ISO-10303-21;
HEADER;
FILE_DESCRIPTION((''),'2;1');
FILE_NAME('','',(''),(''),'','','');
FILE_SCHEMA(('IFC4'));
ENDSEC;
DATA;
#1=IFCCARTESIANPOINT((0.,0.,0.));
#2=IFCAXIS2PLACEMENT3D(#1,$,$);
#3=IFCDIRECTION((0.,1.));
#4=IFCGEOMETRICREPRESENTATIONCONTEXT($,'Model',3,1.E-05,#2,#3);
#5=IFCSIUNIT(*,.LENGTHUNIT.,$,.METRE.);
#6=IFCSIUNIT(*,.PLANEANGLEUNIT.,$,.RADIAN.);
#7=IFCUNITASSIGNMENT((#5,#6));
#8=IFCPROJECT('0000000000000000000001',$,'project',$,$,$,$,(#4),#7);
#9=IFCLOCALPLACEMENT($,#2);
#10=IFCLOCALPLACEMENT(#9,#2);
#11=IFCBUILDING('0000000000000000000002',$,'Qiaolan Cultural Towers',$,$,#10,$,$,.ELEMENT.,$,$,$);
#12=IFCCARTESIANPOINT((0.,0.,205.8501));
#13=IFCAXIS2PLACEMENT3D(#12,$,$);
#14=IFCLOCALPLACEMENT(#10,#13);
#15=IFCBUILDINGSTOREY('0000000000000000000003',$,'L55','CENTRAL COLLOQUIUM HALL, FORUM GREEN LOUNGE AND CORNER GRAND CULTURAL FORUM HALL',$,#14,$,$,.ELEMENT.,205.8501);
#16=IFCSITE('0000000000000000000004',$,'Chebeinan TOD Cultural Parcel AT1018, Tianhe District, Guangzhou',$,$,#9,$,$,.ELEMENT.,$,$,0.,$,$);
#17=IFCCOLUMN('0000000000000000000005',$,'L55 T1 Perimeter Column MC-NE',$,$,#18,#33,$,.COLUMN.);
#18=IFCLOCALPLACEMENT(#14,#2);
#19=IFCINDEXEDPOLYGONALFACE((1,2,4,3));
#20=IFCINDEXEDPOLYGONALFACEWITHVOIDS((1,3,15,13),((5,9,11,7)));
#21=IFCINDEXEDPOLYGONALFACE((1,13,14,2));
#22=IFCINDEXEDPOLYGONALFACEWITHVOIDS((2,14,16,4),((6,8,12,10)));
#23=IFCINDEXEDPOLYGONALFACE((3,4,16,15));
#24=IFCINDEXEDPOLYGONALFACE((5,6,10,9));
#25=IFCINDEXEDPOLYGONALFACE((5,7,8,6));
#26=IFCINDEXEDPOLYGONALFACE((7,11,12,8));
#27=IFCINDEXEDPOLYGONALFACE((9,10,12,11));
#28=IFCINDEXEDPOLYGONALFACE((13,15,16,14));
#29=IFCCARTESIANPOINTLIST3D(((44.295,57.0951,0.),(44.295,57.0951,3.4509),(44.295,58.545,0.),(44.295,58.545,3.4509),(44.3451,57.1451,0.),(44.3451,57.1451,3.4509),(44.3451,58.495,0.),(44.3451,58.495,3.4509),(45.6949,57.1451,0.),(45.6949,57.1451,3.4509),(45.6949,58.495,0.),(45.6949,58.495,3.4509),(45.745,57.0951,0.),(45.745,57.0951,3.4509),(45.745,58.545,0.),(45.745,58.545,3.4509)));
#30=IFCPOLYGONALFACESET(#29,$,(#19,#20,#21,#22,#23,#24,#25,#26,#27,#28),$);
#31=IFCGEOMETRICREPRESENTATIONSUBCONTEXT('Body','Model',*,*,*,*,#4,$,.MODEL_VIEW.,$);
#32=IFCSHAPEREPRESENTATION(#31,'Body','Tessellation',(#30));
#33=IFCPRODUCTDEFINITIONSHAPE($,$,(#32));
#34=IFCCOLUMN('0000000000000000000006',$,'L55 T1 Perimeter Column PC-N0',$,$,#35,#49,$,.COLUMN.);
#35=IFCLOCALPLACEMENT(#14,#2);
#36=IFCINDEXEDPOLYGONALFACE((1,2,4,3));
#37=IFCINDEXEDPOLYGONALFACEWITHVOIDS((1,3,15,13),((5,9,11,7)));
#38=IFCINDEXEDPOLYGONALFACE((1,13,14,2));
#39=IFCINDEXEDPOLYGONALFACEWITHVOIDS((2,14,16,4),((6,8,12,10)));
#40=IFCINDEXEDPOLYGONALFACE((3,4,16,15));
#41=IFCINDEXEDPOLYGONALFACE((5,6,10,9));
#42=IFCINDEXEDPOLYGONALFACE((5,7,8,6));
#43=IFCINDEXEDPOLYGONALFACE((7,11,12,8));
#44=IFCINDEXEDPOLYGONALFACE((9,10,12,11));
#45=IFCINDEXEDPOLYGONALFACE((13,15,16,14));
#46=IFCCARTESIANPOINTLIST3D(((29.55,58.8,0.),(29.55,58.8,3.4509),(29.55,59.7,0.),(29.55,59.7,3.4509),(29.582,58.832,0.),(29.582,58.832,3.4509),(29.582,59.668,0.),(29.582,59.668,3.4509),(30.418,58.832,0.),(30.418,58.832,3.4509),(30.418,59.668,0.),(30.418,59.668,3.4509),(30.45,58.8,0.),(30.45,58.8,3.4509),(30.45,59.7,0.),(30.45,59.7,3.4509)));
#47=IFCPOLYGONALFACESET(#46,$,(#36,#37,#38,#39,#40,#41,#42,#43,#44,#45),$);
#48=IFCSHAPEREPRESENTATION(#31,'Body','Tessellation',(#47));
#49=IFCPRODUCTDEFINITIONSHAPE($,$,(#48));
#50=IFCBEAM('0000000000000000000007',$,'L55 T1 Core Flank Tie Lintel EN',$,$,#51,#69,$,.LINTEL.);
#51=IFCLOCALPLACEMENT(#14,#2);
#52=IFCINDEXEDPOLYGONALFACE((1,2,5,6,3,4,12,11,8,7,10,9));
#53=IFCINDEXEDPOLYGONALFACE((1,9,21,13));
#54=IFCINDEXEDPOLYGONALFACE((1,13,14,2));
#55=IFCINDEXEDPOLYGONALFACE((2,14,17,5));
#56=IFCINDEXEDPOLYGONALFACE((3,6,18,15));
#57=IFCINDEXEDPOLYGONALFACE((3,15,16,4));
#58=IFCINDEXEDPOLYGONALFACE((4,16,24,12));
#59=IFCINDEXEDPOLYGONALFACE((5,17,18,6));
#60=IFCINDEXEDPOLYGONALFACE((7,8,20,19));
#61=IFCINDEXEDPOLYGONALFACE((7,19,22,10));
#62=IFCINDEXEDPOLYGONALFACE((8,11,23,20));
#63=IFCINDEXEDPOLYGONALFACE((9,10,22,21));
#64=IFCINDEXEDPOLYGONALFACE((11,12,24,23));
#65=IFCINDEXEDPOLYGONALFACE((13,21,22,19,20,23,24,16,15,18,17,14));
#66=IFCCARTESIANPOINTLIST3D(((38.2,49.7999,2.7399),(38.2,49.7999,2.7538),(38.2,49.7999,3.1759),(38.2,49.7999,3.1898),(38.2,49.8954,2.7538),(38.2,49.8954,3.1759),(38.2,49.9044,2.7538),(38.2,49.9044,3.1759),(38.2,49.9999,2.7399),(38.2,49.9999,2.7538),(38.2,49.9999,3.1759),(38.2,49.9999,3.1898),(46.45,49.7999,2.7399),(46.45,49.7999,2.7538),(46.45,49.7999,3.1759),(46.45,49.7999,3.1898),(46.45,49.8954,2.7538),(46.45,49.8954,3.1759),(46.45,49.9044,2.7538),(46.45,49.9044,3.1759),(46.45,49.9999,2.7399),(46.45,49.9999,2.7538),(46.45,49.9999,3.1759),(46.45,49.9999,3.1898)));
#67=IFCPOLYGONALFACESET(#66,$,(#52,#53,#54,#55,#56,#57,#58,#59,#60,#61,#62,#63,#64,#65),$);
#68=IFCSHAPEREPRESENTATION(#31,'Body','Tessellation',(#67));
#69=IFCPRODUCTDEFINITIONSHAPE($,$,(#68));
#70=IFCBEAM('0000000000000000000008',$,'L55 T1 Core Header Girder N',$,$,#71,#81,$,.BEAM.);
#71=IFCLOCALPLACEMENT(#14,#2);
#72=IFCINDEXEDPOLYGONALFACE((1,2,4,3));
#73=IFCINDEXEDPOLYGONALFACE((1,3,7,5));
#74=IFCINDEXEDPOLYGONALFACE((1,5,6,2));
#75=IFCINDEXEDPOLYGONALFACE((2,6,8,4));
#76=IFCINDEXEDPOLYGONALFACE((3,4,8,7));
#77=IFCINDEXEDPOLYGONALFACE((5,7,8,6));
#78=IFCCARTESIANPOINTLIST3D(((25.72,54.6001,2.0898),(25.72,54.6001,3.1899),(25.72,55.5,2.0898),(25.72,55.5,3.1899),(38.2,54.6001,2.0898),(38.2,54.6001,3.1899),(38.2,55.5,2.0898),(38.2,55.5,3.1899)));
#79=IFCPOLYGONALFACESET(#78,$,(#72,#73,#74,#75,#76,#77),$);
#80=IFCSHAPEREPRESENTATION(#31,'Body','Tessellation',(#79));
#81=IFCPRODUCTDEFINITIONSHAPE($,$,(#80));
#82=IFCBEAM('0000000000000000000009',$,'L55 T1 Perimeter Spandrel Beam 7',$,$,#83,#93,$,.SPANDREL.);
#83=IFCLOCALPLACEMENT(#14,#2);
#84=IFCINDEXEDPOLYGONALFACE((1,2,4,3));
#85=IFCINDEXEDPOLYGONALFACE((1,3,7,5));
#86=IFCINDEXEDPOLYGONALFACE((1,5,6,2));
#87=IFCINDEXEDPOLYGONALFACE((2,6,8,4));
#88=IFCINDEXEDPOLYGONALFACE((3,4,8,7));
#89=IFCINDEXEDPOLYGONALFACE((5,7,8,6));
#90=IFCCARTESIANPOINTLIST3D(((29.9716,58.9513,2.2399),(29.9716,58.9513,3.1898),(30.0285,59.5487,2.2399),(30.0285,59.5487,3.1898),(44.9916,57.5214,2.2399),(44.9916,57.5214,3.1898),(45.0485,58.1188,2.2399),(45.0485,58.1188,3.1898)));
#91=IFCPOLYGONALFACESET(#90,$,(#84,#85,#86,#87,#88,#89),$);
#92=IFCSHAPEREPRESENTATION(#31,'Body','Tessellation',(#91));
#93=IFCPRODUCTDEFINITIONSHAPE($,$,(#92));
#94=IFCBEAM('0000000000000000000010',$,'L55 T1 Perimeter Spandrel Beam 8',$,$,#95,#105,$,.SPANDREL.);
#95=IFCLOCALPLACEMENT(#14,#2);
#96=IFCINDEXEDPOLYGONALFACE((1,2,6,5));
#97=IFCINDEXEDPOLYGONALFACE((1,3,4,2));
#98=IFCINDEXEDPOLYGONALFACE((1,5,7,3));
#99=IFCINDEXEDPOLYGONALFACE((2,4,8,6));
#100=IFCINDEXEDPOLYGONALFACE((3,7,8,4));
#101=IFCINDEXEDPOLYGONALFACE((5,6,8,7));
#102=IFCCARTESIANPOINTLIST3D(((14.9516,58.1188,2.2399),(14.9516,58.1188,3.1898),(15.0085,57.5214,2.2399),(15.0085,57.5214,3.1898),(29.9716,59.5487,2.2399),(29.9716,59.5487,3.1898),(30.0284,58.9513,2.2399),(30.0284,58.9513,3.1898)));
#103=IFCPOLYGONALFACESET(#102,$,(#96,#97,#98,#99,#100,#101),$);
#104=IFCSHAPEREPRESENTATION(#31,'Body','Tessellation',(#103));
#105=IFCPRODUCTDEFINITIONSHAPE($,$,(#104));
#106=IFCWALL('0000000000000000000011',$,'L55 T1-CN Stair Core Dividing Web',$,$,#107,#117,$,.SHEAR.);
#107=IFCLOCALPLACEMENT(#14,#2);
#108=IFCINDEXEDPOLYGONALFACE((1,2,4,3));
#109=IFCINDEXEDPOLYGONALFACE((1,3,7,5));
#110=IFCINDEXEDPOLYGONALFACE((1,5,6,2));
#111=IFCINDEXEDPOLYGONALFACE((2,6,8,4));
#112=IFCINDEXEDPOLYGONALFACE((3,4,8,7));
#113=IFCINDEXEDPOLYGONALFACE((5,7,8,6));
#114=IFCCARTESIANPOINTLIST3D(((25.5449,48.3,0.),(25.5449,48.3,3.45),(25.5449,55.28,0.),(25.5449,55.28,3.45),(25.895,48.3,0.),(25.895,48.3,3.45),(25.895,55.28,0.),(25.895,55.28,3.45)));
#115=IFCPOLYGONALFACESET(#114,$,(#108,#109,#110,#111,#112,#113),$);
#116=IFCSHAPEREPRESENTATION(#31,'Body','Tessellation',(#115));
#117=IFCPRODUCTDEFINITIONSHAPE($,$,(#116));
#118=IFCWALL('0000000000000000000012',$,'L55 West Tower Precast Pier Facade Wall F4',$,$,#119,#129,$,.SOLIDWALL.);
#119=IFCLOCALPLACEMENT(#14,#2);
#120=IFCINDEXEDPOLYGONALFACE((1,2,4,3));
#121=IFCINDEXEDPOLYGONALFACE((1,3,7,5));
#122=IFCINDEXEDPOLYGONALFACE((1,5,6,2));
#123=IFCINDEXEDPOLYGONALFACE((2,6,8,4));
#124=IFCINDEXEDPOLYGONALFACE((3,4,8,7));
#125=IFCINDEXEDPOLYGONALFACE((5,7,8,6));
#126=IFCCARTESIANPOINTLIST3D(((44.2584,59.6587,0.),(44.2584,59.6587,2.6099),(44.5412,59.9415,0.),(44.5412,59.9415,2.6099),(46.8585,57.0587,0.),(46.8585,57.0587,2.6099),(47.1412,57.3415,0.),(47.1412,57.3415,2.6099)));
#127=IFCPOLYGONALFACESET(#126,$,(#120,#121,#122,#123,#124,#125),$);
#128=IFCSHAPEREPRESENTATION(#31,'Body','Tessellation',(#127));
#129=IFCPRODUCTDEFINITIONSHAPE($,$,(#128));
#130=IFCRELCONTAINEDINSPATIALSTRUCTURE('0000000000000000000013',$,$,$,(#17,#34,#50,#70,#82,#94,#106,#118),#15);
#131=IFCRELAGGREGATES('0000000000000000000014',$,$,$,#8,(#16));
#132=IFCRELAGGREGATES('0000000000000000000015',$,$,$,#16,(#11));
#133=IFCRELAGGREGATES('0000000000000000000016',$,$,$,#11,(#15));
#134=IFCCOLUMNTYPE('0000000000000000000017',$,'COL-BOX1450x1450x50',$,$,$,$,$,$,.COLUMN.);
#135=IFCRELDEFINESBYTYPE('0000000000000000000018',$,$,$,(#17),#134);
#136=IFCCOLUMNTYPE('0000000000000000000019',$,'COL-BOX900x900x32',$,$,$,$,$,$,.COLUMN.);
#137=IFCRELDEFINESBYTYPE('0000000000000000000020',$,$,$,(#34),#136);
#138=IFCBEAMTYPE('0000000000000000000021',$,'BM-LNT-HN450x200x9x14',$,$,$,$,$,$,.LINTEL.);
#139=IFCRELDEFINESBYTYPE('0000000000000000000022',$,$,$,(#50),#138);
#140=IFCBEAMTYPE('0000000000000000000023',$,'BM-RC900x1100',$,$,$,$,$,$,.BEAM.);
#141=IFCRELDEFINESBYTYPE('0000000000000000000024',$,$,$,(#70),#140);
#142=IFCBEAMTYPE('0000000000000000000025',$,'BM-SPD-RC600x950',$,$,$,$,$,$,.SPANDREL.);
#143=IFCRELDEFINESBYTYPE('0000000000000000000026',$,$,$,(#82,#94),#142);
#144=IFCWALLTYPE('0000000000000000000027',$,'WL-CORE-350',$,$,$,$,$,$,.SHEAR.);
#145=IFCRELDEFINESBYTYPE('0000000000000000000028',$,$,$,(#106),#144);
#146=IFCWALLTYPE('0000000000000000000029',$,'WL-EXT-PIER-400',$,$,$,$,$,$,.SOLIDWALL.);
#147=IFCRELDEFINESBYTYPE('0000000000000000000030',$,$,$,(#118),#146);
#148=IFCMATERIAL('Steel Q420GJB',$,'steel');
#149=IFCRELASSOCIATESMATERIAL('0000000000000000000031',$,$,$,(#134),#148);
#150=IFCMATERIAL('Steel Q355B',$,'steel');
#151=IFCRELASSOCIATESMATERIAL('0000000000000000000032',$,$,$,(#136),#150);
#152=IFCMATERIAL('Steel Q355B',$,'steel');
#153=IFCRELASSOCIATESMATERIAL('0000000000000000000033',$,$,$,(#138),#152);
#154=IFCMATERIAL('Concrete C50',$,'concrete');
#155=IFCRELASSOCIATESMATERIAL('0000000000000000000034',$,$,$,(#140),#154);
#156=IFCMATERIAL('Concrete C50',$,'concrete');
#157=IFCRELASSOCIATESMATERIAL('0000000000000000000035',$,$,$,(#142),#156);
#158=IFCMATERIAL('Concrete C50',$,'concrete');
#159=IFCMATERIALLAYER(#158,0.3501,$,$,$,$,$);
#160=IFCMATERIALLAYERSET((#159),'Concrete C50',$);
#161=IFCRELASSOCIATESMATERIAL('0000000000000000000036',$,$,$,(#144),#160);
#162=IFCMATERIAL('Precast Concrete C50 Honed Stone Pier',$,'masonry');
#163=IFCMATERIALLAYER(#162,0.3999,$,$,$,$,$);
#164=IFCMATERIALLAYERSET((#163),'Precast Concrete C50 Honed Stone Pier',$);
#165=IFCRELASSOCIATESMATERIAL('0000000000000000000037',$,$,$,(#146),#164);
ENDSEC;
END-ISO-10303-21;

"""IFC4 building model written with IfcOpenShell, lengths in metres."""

from ifc_helpers import new_model, si_unit, direction, frame, frame_2d, origin, origin_2d, place, context, subcontext, project, spatial, rectangle, hollow_rectangle, i_section, extrude, material, layer, layer_set, material_profile, profile_set, type_object, element, save


model = new_model("IFC4")

# Units and contexts
model_context = context("Model", 3, precision=1e-05, world=origin(), true_north=direction((0.0, 1.0)))
body_context = subcontext(model_context, "Body", "Model", "MODEL_VIEW")
ifc_project = project(units=[si_unit("LENGTHUNIT", "METRE"), si_unit("PLANEANGLEUNIT", "RADIAN")], contexts=[model_context])

# Site, building, storey
site_placement = place(None, origin())
site = spatial("IfcSite", under=ifc_project, at=site_placement, Name="Chebeinan TOD Cultural Parcel AT1018, Tianhe District, Guangzhou", CompositionType="ELEMENT", RefElevation=0.0)
building_placement = place(site_placement, origin())
building = spatial("IfcBuilding", under=site, at=building_placement, Name="Qiaolan Cultural Towers", CompositionType="ELEMENT")
storey_placement = place(building_placement, frame((0.0, 0.0, 205.8501)))
storey = spatial("IfcBuildingStorey", under=building, at=storey_placement, Name="L55", Description="CENTRAL COLLOQUIUM HALL, FORUM GREEN LOUNGE AND CORNER GRAND CULTURAL FORUM HALL", CompositionType="ELEMENT", Elevation=205.8501)

# Columns
ifc_material_1 = material(Name="Steel Q420GJB", Category="steel")
ifc_material_profile_1 = material_profile(ifc_material_1, hollow_rectangle(XDim=1.45, YDim=1.45, WallThickness=0.05, at=origin_2d()), Name="BOX1450x1450x50")
ifc_profile_set_1 = profile_set([ifc_material_profile_1], Name="Steel Q420GJB")
column_type_1 = type_object("IfcColumnType", Name="COL-BOX1450x1450x50", PredefinedType="COLUMN", material=ifc_profile_set_1)
column_1_placement = place(storey_placement, frame((45.02, 57.8201, 0.0), z_axis=(0.0, 0.0, 1.0), x_axis=(1.0, 0.0, 0.0)))
element("IfcColumn", 1, at=column_1_placement, inside=storey, type_object=column_type_1, Name="L55 T1 Perimeter Column MC-NE", PredefinedType="COLUMN", context=body_context, shape_type="SweptSolid", body=[
    extrude(hollow_rectangle(XDim=1.45, YDim=1.45, WallThickness=0.05, at=origin_2d()), origin(), (0.0, 0.0, 1.0), 3.4509),
])
ifc_material_2 = material(Name="Steel Q355B", Category="steel")
ifc_material_profile_2 = material_profile(ifc_material_2, hollow_rectangle(XDim=0.8999, YDim=0.8999, WallThickness=0.032, at=origin_2d()), Name="BOX900x900x32")
ifc_profile_set_2 = profile_set([ifc_material_profile_2], Name="Steel Q355B")
column_type_2 = type_object("IfcColumnType", Name="COL-BOX900x900x32", PredefinedType="COLUMN", material=ifc_profile_set_2)
column_2_placement = place(storey_placement, frame((30.0, 59.25, 0.0), z_axis=(0.0, 0.0, 1.0), x_axis=(1.0, 0.0, 0.0)))
element("IfcColumn", 2, at=column_2_placement, inside=storey, type_object=column_type_2, Name="L55 T1 Perimeter Column PC-N0", PredefinedType="COLUMN", context=body_context, shape_type="SweptSolid", body=[
    extrude(hollow_rectangle(XDim=0.8999, YDim=0.8999, WallThickness=0.032, at=origin_2d()), origin(), (0.0, 0.0, 1.0), 3.4509),
])

# Beams
ifc_material_3 = material(Name="Steel Q355B", Category="steel")
ifc_material_profile_3 = material_profile(ifc_material_3, i_section(OverallWidth=0.2, OverallDepth=0.45, WebThickness=0.009, FlangeThickness=0.0139, at=origin_2d()), Name="HN450x200x9x14")
ifc_profile_set_3 = profile_set([ifc_material_profile_3], Name="Steel Q355B")
beam_type_1 = type_object("IfcBeamType", Name="BM-LNT-HN450x200x9x14", PredefinedType="LINTEL", material=ifc_profile_set_3)
beam_1_placement = place(storey_placement, frame((38.2, 49.8999, 2.9648), z_axis=(1.0, 0.0, 0.0), x_axis=(0.0, 1.0, 0.0)))
element("IfcBeam", 3, at=beam_1_placement, inside=storey, type_object=beam_type_1, Name="L55 T1 Core Flank Tie Lintel EN", PredefinedType="LINTEL", context=body_context, shape_type="SweptSolid", body=[
    extrude(i_section(OverallWidth=0.2, OverallDepth=0.45, WebThickness=0.009, FlangeThickness=0.0139, at=origin_2d()), origin(), (0.0, 0.0, 1.0), 8.25),
])
ifc_material_4 = material(Name="Concrete C50", Category="concrete")
ifc_material_profile_4 = material_profile(ifc_material_4, rectangle(XDim=0.8999, YDim=1.1001, at=origin_2d()), Name="RC900x1100")
ifc_profile_set_4 = profile_set([ifc_material_profile_4], Name="Concrete C50")
beam_type_2 = type_object("IfcBeamType", Name="BM-RC900x1100", PredefinedType="BEAM", material=ifc_profile_set_4)
beam_2_placement = place(storey_placement, frame((25.72, 55.05, 2.6399), z_axis=(1.0, 0.0, 0.0), x_axis=(0.0, 1.0, 0.0)))
element("IfcBeam", 4, at=beam_2_placement, inside=storey, type_object=beam_type_2, Name="L55 T1 Core Header Girder N", PredefinedType="BEAM", context=body_context, shape_type="SweptSolid", body=[
    extrude(rectangle(XDim=0.8999, YDim=1.1001, at=origin_2d()), origin(), (0.0, 0.0, 1.0), 12.48),
])
ifc_material_5 = material(Name="Concrete C50", Category="concrete")
ifc_material_profile_5 = material_profile(ifc_material_5, rectangle(XDim=0.6001, YDim=0.95, at=origin_2d()), Name="RC600x950")
ifc_profile_set_5 = profile_set([ifc_material_profile_5], Name="Concrete C50")
beam_type_3 = type_object("IfcBeamType", Name="BM-SPD-RC600x950", PredefinedType="SPANDREL", material=ifc_profile_set_5)
for number, where, z_axis, x_axis, name in (
    (5, (45.02, 57.8201, 2.7148), (-0.995499, 0.094773, 0.0), (-0.094773, -0.995499, 0.0), "L55 T1 Perimeter Spandrel Beam 7"),
    (6, (30.0, 59.25, 2.7148), (-0.995499, -0.094773, 0.0), (0.094773, -0.995499, 0.0), "L55 T1 Perimeter Spandrel Beam 8"),
):
    element("IfcBeam", number, at=place(storey_placement, frame(where, z_axis=z_axis, x_axis=x_axis)), inside=storey, type_object=beam_type_3, Name=name, PredefinedType="SPANDREL", context=body_context, shape_type="SweptSolid", body=[
        extrude(rectangle(XDim=0.6001, YDim=0.95, at=origin_2d()), origin(), (0.0, 0.0, 1.0), 15.0879),
    ])

# Walls
ifc_material_6 = material(Name="Concrete C50", Category="concrete")
ifc_layer_1 = layer(ifc_material_6, 0.3501)
ifc_layer_set_1 = layer_set([ifc_layer_1], Name="Concrete C50")
wall_type_1 = type_object("IfcWallType", Name="WL-CORE-350", PredefinedType="SHEAR", material=ifc_layer_set_1)
wall_1_placement = place(storey_placement, frame((25.72, 48.3, 0.0), z_axis=(0.0, 0.0, 1.0), x_axis=(0.0, 1.0, 0.0)))
element("IfcWall", 7, at=wall_1_placement, inside=storey, type_object=wall_type_1, Name="L55 T1-CN Stair Core Dividing Web", PredefinedType="SHEAR", context=body_context, shape_type="SweptSolid", body=[
    extrude(rectangle(XDim=6.98, YDim=0.3501, at=frame_2d((3.49, 0.0))), origin(), (0.0, 0.0, 1.0), 3.45),
])
ifc_material_7 = material(Name="Precast Concrete C50 Honed Stone Pier", Category="masonry")
ifc_layer_2 = layer(ifc_material_7, 0.3999)
ifc_layer_set_2 = layer_set([ifc_layer_2], Name="Precast Concrete C50 Honed Stone Pier")
wall_type_2 = type_object("IfcWallType", Name="WL-EXT-PIER-400", PredefinedType="SOLIDWALL", material=ifc_layer_set_2)
wall_2_placement = place(storey_placement, frame((44.3999, 59.8, 0.0), z_axis=(0.0, 0.0, 1.0), x_axis=(0.707107, -0.707107, 0.0)))
element("IfcWall", 8, at=wall_2_placement, inside=storey, type_object=wall_type_2, Name="L55 West Tower Precast Pier Facade Wall F4", PredefinedType="SOLIDWALL", context=body_context, shape_type="SweptSolid", body=[
    extrude(rectangle(XDim=3.677, YDim=0.3999, at=frame_2d((1.8384, 0.0))), origin(), (0.0, 0.0, 1.0), 2.6099),
])

save(model, "model.ifc")
